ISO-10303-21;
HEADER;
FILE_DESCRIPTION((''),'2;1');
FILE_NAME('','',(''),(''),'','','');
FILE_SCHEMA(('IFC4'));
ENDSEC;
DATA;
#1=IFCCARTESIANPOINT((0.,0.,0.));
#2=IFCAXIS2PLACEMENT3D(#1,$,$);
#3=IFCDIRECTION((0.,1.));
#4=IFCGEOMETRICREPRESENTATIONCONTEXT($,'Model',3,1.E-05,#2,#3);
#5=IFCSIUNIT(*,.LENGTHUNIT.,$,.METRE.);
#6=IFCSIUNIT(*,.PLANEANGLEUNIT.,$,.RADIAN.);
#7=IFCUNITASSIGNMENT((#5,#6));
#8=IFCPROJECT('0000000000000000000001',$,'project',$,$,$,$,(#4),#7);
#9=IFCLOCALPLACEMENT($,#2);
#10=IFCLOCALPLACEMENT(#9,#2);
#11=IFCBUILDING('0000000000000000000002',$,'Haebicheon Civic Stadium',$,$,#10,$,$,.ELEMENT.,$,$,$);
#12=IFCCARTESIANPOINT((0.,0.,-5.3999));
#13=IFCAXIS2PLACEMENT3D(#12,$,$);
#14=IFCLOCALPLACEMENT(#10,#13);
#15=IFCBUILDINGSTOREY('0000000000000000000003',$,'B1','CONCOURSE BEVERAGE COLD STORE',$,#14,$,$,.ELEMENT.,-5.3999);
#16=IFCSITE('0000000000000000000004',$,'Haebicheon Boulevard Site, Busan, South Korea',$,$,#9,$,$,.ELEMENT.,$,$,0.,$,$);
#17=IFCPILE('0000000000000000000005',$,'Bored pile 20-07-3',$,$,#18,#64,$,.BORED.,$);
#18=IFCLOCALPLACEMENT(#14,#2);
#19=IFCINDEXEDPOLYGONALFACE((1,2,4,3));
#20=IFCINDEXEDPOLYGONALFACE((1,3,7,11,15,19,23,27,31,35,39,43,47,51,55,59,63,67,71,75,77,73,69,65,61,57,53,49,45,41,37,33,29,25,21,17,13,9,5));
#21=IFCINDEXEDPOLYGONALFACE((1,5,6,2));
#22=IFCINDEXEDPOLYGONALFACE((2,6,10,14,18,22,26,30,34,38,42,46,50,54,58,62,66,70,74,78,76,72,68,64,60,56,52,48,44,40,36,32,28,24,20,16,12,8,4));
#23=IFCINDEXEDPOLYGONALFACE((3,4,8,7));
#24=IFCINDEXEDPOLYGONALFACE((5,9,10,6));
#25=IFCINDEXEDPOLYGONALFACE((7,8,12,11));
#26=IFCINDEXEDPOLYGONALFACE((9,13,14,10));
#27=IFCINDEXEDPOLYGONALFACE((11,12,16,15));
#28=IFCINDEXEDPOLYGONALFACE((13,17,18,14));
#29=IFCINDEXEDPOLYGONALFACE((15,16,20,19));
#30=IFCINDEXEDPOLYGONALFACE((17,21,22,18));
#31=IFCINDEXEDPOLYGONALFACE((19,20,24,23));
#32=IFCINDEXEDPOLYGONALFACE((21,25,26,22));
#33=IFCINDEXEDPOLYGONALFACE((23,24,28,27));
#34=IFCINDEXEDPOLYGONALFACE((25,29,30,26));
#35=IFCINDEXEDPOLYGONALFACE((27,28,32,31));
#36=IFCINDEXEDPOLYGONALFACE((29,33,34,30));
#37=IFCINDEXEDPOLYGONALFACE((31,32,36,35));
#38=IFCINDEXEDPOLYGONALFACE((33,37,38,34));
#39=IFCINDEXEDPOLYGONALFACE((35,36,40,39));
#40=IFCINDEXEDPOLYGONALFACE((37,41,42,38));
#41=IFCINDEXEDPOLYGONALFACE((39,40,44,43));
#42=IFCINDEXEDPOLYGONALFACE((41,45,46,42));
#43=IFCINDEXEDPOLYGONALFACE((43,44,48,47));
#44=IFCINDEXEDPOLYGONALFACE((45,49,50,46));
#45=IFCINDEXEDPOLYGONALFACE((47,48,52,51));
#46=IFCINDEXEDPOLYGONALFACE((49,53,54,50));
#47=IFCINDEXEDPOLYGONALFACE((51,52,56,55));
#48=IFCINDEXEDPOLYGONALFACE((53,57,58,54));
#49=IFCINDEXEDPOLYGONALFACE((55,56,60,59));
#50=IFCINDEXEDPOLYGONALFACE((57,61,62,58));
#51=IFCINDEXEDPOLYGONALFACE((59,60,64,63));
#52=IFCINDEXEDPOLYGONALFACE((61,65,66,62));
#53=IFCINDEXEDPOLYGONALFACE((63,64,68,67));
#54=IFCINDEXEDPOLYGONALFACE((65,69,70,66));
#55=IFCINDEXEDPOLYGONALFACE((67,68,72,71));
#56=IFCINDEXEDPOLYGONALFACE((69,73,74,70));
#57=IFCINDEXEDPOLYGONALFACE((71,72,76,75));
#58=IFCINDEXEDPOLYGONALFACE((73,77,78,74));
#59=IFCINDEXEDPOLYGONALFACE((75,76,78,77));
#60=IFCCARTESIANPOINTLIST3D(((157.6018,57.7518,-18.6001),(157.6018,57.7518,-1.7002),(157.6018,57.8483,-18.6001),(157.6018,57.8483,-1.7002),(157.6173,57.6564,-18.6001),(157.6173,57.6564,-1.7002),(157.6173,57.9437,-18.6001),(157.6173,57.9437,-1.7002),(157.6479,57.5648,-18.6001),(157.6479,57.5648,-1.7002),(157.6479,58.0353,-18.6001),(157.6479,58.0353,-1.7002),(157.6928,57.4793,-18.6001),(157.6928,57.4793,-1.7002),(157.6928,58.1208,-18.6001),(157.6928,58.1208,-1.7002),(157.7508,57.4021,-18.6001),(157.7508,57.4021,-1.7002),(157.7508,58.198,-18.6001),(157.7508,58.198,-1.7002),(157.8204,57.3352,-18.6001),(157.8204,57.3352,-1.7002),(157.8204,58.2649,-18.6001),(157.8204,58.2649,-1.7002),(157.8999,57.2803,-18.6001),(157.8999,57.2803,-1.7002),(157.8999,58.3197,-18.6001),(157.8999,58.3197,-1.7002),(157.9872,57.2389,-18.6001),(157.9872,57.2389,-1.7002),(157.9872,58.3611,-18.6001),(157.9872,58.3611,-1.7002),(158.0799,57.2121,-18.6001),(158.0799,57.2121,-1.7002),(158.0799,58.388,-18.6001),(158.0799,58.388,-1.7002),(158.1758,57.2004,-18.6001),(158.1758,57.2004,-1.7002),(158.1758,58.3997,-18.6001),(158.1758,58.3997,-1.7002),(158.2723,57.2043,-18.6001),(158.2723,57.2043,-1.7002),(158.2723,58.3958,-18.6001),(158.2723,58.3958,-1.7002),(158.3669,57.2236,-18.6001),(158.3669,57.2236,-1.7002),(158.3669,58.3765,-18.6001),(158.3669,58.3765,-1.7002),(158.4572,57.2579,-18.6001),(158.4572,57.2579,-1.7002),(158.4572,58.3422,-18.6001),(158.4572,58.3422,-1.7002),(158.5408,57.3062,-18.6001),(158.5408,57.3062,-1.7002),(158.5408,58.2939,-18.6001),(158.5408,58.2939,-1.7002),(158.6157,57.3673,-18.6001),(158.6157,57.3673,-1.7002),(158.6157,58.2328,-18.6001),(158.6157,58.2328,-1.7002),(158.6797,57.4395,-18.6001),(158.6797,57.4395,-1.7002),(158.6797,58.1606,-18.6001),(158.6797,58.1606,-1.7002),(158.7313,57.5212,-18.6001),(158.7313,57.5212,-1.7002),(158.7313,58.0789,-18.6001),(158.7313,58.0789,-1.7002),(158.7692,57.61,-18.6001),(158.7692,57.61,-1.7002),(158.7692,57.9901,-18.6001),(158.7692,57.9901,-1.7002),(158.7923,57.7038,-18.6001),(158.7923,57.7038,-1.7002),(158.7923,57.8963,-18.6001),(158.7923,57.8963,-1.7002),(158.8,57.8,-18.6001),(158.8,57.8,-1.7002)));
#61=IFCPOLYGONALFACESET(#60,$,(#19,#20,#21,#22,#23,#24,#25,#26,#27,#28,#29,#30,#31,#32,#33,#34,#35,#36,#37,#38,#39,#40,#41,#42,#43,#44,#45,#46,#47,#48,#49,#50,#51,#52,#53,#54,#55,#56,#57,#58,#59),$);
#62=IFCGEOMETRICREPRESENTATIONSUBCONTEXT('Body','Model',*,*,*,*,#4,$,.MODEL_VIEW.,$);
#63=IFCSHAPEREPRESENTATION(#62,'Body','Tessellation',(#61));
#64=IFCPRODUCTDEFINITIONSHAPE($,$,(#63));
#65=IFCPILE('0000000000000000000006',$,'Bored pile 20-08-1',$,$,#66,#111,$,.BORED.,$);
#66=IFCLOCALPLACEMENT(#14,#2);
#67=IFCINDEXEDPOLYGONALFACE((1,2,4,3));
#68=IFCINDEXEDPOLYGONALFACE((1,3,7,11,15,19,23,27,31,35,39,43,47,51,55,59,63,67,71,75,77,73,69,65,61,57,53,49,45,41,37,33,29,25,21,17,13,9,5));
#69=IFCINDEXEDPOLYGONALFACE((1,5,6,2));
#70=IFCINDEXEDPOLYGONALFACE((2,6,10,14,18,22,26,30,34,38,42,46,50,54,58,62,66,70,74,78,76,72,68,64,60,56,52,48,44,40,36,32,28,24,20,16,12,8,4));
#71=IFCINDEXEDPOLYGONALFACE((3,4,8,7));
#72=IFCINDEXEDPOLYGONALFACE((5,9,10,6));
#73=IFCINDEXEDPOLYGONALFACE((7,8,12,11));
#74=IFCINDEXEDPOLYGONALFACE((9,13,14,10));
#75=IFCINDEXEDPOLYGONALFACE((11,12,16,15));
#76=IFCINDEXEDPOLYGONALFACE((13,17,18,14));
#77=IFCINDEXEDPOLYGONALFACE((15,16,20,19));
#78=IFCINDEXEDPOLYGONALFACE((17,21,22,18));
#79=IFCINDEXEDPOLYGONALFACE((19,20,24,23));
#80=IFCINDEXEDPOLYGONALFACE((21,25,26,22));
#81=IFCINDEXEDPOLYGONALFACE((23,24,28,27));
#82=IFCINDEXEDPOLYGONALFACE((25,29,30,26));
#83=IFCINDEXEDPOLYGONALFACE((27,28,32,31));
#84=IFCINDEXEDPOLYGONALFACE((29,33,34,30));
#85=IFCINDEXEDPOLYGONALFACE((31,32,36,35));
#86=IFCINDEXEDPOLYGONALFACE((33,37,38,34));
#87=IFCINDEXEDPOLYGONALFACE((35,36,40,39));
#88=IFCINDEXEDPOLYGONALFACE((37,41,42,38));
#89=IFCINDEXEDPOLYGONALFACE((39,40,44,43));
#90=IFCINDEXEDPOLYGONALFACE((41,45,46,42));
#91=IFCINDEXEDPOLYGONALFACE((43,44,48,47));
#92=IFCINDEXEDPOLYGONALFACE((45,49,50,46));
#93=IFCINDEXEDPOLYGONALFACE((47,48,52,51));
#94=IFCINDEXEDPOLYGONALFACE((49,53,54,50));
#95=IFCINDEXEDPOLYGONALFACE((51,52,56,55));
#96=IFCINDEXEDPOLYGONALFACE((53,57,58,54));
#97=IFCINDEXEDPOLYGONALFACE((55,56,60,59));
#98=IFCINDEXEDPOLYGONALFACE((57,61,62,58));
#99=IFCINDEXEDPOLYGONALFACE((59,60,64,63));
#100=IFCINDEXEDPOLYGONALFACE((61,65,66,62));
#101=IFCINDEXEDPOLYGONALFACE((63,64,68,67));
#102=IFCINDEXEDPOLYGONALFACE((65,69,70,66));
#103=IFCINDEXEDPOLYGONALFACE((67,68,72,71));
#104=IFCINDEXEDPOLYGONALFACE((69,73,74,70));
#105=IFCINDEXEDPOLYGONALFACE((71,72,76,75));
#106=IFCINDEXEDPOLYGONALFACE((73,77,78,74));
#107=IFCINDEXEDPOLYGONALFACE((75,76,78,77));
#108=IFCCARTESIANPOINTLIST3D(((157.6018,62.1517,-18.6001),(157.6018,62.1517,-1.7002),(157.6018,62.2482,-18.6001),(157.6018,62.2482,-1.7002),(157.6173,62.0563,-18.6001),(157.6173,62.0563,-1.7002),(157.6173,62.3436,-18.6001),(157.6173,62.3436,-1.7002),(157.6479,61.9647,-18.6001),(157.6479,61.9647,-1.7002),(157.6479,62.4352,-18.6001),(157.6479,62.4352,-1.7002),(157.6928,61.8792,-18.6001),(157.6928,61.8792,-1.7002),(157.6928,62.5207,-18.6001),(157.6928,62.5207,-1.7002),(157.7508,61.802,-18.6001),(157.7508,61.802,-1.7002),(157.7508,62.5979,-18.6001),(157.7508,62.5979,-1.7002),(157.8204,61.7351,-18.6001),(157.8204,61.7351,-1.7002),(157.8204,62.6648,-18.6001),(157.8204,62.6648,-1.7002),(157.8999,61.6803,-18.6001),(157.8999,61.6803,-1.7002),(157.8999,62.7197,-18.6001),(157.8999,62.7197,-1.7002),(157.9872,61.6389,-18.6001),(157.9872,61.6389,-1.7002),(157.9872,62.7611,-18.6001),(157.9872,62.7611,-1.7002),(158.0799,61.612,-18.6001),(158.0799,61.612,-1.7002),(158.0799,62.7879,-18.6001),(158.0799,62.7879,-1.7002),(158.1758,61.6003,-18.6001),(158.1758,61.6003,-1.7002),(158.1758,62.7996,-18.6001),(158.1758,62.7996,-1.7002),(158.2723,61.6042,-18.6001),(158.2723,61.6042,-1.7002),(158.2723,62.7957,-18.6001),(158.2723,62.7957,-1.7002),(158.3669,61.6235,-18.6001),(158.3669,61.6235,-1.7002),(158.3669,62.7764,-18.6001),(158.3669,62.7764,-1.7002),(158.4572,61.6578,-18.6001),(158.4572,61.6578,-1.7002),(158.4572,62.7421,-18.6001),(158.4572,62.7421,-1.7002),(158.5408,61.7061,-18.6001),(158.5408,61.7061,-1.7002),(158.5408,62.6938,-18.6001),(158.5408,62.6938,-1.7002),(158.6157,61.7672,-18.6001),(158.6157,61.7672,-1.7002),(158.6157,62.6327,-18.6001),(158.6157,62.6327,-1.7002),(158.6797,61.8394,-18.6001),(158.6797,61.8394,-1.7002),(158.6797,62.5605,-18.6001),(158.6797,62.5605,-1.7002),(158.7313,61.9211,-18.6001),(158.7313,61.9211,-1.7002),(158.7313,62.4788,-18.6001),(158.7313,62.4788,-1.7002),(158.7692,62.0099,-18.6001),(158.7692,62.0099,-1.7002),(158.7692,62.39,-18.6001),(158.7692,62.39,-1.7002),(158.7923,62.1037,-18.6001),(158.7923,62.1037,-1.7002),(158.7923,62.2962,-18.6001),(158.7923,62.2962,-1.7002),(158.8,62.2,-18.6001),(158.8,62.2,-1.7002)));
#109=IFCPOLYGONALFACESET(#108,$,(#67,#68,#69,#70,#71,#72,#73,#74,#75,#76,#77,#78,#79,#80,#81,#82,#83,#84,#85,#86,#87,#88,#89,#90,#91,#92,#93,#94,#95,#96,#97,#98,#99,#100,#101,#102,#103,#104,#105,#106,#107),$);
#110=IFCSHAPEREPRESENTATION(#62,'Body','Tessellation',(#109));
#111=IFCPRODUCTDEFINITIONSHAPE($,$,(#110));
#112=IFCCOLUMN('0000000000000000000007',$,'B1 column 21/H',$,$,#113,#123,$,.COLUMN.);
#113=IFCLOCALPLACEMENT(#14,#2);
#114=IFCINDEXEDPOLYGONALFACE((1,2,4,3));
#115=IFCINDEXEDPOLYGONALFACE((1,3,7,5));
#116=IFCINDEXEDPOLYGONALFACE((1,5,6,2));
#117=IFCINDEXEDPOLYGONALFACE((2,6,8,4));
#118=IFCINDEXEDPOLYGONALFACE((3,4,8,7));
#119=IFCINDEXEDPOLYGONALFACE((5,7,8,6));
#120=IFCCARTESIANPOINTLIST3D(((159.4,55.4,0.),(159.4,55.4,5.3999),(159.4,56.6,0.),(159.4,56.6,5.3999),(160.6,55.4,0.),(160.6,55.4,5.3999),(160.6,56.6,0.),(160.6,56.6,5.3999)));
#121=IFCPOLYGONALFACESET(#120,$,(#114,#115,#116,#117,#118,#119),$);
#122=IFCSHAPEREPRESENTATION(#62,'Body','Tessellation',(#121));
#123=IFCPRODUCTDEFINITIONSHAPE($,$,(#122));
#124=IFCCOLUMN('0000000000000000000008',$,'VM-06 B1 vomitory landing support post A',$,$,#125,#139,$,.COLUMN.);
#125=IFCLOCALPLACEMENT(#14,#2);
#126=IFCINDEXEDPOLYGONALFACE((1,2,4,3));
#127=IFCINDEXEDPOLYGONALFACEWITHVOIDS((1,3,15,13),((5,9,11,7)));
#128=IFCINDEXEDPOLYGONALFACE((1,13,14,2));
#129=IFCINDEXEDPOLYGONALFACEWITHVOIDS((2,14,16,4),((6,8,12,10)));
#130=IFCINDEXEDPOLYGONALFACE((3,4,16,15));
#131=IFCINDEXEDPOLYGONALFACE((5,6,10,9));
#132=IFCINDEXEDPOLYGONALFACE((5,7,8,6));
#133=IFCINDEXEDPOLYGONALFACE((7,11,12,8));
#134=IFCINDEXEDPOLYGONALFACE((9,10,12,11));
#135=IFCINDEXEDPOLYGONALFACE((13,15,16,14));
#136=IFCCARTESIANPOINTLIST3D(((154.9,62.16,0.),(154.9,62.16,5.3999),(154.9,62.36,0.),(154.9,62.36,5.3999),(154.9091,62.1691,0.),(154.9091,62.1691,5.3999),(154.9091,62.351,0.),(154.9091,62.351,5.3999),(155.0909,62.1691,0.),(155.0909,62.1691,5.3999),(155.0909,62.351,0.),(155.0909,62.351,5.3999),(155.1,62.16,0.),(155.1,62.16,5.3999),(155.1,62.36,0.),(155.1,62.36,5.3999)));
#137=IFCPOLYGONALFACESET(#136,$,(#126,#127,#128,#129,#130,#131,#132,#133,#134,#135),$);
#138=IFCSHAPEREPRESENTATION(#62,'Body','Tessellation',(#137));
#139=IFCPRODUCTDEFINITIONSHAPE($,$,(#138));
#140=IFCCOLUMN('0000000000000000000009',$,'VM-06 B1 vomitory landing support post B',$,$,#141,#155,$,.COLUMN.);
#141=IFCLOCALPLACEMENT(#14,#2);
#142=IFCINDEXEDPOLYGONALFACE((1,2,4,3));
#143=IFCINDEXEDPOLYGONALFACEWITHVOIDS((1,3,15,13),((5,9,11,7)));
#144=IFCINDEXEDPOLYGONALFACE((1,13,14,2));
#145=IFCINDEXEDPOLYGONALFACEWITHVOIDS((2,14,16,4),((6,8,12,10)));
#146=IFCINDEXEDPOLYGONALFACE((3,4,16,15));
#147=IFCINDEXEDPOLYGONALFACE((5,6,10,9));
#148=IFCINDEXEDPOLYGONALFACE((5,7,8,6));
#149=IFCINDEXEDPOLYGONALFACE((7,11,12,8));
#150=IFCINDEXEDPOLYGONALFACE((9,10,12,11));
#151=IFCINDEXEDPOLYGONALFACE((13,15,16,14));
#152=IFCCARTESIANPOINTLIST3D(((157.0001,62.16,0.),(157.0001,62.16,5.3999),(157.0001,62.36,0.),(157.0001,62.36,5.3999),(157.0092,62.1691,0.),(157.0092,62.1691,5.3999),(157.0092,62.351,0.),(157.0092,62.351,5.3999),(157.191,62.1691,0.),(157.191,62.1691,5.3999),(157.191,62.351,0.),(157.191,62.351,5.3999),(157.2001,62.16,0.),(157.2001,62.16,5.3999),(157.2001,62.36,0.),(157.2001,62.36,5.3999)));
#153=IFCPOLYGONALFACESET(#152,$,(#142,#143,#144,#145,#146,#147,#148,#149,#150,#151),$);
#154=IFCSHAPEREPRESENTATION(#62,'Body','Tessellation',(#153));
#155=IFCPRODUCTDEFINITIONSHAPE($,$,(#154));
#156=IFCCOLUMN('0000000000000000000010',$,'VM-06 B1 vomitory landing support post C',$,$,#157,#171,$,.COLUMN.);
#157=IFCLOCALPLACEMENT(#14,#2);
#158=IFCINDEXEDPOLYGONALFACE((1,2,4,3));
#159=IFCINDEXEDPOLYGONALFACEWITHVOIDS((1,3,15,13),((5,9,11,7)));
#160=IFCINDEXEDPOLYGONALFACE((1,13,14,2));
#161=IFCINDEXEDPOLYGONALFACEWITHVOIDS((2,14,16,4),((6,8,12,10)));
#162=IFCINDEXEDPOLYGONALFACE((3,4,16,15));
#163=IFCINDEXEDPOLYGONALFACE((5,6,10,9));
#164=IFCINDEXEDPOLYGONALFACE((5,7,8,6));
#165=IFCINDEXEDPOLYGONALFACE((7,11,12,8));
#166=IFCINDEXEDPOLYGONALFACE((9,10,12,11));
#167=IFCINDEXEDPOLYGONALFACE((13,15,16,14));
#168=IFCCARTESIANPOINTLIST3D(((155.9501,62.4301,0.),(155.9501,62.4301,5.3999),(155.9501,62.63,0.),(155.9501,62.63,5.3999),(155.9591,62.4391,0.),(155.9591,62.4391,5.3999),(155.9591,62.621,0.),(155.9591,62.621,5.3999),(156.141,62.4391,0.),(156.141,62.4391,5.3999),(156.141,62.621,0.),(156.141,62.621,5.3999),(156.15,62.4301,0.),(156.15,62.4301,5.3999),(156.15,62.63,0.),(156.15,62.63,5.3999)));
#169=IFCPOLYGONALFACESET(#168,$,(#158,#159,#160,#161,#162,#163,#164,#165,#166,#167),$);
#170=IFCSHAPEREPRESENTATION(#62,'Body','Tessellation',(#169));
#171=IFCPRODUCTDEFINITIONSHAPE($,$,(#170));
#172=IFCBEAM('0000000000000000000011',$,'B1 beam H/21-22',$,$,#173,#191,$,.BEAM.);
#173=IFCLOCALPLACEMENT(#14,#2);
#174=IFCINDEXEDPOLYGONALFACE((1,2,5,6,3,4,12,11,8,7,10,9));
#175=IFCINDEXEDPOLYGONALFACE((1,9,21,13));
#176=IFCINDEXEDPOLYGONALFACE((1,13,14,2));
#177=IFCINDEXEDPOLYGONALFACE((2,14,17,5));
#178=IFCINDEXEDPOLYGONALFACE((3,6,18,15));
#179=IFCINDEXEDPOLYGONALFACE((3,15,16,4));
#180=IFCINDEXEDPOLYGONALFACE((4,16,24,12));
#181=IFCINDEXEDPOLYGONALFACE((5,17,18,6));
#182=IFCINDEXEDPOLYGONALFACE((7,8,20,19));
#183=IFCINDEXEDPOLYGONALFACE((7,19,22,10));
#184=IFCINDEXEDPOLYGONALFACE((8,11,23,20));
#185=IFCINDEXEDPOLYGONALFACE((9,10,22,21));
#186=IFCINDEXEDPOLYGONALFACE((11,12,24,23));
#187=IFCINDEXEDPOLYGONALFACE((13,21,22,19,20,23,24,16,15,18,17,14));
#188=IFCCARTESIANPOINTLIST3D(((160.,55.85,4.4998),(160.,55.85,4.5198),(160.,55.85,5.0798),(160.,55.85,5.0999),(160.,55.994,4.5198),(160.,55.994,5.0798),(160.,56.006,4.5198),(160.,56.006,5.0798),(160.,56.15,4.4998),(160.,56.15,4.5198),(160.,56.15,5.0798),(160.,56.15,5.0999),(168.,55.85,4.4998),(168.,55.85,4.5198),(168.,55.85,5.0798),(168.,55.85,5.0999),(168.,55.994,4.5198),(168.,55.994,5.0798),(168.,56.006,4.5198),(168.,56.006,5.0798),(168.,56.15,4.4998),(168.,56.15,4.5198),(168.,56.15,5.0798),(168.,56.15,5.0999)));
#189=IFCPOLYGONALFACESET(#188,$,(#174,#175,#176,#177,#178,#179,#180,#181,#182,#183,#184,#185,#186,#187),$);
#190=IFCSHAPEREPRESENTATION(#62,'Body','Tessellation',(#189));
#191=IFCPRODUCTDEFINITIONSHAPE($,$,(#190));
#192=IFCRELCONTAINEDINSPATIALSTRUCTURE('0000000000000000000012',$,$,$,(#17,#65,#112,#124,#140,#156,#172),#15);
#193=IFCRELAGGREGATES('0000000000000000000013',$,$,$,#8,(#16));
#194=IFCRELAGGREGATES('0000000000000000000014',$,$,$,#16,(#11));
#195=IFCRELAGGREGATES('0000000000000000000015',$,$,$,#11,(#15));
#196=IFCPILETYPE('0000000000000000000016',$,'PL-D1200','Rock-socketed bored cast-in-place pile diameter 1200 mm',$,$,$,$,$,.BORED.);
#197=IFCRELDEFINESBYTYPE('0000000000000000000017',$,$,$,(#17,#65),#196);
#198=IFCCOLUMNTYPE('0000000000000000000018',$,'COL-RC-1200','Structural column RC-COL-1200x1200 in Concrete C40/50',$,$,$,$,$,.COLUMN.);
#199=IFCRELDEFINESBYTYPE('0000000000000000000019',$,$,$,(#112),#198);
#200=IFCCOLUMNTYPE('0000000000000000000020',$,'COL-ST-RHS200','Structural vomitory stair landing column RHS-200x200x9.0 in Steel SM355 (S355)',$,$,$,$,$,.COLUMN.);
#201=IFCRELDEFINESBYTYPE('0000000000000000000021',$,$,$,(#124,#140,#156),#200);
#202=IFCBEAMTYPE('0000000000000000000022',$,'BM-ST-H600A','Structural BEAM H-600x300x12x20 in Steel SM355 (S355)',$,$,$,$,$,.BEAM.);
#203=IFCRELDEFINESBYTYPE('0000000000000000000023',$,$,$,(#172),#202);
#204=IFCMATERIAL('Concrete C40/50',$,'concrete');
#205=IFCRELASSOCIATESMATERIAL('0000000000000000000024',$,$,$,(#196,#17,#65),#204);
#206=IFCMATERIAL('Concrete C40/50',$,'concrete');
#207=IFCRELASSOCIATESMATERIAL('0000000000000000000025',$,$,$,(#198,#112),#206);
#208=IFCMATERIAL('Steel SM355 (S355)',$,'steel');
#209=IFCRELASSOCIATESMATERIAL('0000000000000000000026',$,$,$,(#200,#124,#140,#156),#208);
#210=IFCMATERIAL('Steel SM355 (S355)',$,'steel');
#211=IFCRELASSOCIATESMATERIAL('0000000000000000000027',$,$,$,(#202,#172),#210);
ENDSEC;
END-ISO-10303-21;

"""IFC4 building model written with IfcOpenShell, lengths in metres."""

from ifc_helpers import new_model, si_unit, direction, frame, origin, origin_2d, place, context, subcontext, project, spatial, rectangle, hollow_rectangle, circle, i_section, extrude, material, material_profile, profile_set, type_object, element, save


model = new_model("IFC4")

# Units and contexts
model_context = context("Model", 3, precision=1e-05, world=origin(), true_north=direction((0.0, 1.0)))
body_context = subcontext(model_context, "Body", "Model", "MODEL_VIEW")
ifc_project = project(units=[si_unit("LENGTHUNIT", "METRE"), si_unit("PLANEANGLEUNIT", "RADIAN")], contexts=[model_context])

# Site, building, storey
site_placement = place(None, origin())
site = spatial("IfcSite", under=ifc_project, at=site_placement, Name="Haebicheon Boulevard Site, Busan, South Korea", CompositionType="ELEMENT", RefElevation=0.0)
building_placement = place(site_placement, origin())
building = spatial("IfcBuilding", under=site, at=building_placement, Name="Haebicheon Civic Stadium", CompositionType="ELEMENT")
storey_placement = place(building_placement, frame((0.0, 0.0, -5.3999)))
storey = spatial("IfcBuildingStorey", under=building, at=storey_placement, Name="B1", Description="CONCOURSE BEVERAGE COLD STORE", CompositionType="ELEMENT", Elevation=-5.3999)

# Piles
ifc_material_1 = material(Name="Concrete C40/50", Category="concrete")
ifc_material_profile_1 = material_profile(ifc_material_1, circle(Radius=0.6001, at=origin_2d()), Name="PILE-D1200")
ifc_profile_set_1 = profile_set([ifc_material_profile_1], Name="Concrete C40/50")
pile_type_1 = type_object("IfcPileType", Name="PL-D1200", Description="Rock-socketed bored cast-in-place pile diameter 1200 mm", PredefinedType="BORED", material=ifc_profile_set_1)
for number, where, z_axis, x_axis, name in (
    (1, (158.2, 57.8, -1.7002), (0.0, 0.0, -1.0), (1.0, 0.0, 0.0), "Bored pile 20-07-3"),
    (2, (158.2, 62.2, -1.7002), (0.0, 0.0, -1.0), (1.0, 0.0, 0.0), "Bored pile 20-08-1"),
):
    element("IfcPile", number, at=place(storey_placement, frame(where, z_axis=z_axis, x_axis=x_axis)), inside=storey, type_object=pile_type_1, material=ifc_profile_set_1, Name=name, PredefinedType="BORED", context=body_context, shape_type="SweptSolid", body=[
        extrude(circle(Radius=0.6001, at=origin_2d()), origin(), (0.0, 0.0, 1.0), 16.8999),
    ])

# Columns
ifc_material_2 = material(Name="Concrete C40/50", Category="concrete")
ifc_material_profile_2 = material_profile(ifc_material_2, rectangle(XDim=1.2, YDim=1.2, at=origin_2d()), Name="RC-COL-1200x1200")
ifc_profile_set_2 = profile_set([ifc_material_profile_2], Name="Concrete C40/50")
column_type_1 = type_object("IfcColumnType", Name="COL-RC-1200", Description="Structural column RC-COL-1200x1200 in Concrete C40/50", PredefinedType="COLUMN", material=ifc_profile_set_2)
column_placement = place(storey_placement, frame((160.0, 56.0, 0.0), z_axis=(0.0, 0.0, 1.0), x_axis=(1.0, 0.0, 0.0)))
element("IfcColumn", 3, at=column_placement, inside=storey, type_object=column_type_1, material=ifc_profile_set_2, Name="B1 column 21/H", PredefinedType="COLUMN", context=body_context, shape_type="SweptSolid", body=[
    extrude(rectangle(XDim=1.2, YDim=1.2, at=origin_2d()), origin(), (0.0, 0.0, 1.0), 5.3999),
])
ifc_material_3 = material(Name="Steel SM355 (S355)", Category="steel")
ifc_material_profile_3 = material_profile(ifc_material_3, hollow_rectangle(XDim=0.2, YDim=0.2, WallThickness=0.009, at=origin_2d()), Name="RHS-200x200x9.0")
ifc_profile_set_3 = profile_set([ifc_material_profile_3], Name="Steel SM355 (S355)")
column_type_2 = type_object("IfcColumnType", Name="COL-ST-RHS200", Description="Structural vomitory stair landing column RHS-200x200x9.0 in Steel SM355 (S355)", PredefinedType="COLUMN", material=ifc_profile_set_3)
for number, where, z_axis, x_axis, name in (
    (4, (155.0, 62.26, 0.0), (0.0, 0.0, 1.0), (1.0, 0.0, 0.0), "VM-06 B1 vomitory landing support post A"),
    (5, (157.1001, 62.26, 0.0), (0.0, 0.0, 1.0), (1.0, 0.0, 0.0), "VM-06 B1 vomitory landing support post B"),
    (6, (156.05, 62.53, 0.0), (0.0, 0.0, 1.0), (1.0, 0.0, 0.0), "VM-06 B1 vomitory landing support post C"),
):
    element("IfcColumn", number, at=place(storey_placement, frame(where, z_axis=z_axis, x_axis=x_axis)), inside=storey, type_object=column_type_2, material=ifc_profile_set_3, Name=name, PredefinedType="COLUMN", context=body_context, shape_type="SweptSolid", body=[
        extrude(hollow_rectangle(XDim=0.2, YDim=0.2, WallThickness=0.009, at=origin_2d()), origin(), (0.0, 0.0, 1.0), 5.3999),
    ])

# Beam
ifc_material_4 = material(Name="Steel SM355 (S355)", Category="steel")
ifc_material_profile_4 = material_profile(ifc_material_4, i_section(OverallWidth=0.3, OverallDepth=0.6001, WebThickness=0.012, FlangeThickness=0.02, at=origin_2d()), Name="H-600x300x12x20")
ifc_profile_set_4 = profile_set([ifc_material_profile_4], Name="Steel SM355 (S355)")
beam_type_1 = type_object("IfcBeamType", Name="BM-ST-H600A", Description="Structural BEAM H-600x300x12x20 in Steel SM355 (S355)", PredefinedType="BEAM", material=ifc_profile_set_4)
beam_1_placement = place(storey_placement, frame((160.0, 56.0, 4.7998), z_axis=(1.0, 0.0, 0.0), x_axis=(0.0, 1.0, 0.0)))
element("IfcBeam", 7, at=beam_1_placement, inside=storey, type_object=beam_type_1, material=ifc_profile_set_4, Name="B1 beam H/21-22", PredefinedType="BEAM", context=body_context, shape_type="SweptSolid", body=[
    extrude(i_section(OverallWidth=0.3, OverallDepth=0.6001, WebThickness=0.012, FlangeThickness=0.02, at=origin_2d()), origin(), (0.0, 0.0, 1.0), 8.0),
])

save(model, "model.ifc")
